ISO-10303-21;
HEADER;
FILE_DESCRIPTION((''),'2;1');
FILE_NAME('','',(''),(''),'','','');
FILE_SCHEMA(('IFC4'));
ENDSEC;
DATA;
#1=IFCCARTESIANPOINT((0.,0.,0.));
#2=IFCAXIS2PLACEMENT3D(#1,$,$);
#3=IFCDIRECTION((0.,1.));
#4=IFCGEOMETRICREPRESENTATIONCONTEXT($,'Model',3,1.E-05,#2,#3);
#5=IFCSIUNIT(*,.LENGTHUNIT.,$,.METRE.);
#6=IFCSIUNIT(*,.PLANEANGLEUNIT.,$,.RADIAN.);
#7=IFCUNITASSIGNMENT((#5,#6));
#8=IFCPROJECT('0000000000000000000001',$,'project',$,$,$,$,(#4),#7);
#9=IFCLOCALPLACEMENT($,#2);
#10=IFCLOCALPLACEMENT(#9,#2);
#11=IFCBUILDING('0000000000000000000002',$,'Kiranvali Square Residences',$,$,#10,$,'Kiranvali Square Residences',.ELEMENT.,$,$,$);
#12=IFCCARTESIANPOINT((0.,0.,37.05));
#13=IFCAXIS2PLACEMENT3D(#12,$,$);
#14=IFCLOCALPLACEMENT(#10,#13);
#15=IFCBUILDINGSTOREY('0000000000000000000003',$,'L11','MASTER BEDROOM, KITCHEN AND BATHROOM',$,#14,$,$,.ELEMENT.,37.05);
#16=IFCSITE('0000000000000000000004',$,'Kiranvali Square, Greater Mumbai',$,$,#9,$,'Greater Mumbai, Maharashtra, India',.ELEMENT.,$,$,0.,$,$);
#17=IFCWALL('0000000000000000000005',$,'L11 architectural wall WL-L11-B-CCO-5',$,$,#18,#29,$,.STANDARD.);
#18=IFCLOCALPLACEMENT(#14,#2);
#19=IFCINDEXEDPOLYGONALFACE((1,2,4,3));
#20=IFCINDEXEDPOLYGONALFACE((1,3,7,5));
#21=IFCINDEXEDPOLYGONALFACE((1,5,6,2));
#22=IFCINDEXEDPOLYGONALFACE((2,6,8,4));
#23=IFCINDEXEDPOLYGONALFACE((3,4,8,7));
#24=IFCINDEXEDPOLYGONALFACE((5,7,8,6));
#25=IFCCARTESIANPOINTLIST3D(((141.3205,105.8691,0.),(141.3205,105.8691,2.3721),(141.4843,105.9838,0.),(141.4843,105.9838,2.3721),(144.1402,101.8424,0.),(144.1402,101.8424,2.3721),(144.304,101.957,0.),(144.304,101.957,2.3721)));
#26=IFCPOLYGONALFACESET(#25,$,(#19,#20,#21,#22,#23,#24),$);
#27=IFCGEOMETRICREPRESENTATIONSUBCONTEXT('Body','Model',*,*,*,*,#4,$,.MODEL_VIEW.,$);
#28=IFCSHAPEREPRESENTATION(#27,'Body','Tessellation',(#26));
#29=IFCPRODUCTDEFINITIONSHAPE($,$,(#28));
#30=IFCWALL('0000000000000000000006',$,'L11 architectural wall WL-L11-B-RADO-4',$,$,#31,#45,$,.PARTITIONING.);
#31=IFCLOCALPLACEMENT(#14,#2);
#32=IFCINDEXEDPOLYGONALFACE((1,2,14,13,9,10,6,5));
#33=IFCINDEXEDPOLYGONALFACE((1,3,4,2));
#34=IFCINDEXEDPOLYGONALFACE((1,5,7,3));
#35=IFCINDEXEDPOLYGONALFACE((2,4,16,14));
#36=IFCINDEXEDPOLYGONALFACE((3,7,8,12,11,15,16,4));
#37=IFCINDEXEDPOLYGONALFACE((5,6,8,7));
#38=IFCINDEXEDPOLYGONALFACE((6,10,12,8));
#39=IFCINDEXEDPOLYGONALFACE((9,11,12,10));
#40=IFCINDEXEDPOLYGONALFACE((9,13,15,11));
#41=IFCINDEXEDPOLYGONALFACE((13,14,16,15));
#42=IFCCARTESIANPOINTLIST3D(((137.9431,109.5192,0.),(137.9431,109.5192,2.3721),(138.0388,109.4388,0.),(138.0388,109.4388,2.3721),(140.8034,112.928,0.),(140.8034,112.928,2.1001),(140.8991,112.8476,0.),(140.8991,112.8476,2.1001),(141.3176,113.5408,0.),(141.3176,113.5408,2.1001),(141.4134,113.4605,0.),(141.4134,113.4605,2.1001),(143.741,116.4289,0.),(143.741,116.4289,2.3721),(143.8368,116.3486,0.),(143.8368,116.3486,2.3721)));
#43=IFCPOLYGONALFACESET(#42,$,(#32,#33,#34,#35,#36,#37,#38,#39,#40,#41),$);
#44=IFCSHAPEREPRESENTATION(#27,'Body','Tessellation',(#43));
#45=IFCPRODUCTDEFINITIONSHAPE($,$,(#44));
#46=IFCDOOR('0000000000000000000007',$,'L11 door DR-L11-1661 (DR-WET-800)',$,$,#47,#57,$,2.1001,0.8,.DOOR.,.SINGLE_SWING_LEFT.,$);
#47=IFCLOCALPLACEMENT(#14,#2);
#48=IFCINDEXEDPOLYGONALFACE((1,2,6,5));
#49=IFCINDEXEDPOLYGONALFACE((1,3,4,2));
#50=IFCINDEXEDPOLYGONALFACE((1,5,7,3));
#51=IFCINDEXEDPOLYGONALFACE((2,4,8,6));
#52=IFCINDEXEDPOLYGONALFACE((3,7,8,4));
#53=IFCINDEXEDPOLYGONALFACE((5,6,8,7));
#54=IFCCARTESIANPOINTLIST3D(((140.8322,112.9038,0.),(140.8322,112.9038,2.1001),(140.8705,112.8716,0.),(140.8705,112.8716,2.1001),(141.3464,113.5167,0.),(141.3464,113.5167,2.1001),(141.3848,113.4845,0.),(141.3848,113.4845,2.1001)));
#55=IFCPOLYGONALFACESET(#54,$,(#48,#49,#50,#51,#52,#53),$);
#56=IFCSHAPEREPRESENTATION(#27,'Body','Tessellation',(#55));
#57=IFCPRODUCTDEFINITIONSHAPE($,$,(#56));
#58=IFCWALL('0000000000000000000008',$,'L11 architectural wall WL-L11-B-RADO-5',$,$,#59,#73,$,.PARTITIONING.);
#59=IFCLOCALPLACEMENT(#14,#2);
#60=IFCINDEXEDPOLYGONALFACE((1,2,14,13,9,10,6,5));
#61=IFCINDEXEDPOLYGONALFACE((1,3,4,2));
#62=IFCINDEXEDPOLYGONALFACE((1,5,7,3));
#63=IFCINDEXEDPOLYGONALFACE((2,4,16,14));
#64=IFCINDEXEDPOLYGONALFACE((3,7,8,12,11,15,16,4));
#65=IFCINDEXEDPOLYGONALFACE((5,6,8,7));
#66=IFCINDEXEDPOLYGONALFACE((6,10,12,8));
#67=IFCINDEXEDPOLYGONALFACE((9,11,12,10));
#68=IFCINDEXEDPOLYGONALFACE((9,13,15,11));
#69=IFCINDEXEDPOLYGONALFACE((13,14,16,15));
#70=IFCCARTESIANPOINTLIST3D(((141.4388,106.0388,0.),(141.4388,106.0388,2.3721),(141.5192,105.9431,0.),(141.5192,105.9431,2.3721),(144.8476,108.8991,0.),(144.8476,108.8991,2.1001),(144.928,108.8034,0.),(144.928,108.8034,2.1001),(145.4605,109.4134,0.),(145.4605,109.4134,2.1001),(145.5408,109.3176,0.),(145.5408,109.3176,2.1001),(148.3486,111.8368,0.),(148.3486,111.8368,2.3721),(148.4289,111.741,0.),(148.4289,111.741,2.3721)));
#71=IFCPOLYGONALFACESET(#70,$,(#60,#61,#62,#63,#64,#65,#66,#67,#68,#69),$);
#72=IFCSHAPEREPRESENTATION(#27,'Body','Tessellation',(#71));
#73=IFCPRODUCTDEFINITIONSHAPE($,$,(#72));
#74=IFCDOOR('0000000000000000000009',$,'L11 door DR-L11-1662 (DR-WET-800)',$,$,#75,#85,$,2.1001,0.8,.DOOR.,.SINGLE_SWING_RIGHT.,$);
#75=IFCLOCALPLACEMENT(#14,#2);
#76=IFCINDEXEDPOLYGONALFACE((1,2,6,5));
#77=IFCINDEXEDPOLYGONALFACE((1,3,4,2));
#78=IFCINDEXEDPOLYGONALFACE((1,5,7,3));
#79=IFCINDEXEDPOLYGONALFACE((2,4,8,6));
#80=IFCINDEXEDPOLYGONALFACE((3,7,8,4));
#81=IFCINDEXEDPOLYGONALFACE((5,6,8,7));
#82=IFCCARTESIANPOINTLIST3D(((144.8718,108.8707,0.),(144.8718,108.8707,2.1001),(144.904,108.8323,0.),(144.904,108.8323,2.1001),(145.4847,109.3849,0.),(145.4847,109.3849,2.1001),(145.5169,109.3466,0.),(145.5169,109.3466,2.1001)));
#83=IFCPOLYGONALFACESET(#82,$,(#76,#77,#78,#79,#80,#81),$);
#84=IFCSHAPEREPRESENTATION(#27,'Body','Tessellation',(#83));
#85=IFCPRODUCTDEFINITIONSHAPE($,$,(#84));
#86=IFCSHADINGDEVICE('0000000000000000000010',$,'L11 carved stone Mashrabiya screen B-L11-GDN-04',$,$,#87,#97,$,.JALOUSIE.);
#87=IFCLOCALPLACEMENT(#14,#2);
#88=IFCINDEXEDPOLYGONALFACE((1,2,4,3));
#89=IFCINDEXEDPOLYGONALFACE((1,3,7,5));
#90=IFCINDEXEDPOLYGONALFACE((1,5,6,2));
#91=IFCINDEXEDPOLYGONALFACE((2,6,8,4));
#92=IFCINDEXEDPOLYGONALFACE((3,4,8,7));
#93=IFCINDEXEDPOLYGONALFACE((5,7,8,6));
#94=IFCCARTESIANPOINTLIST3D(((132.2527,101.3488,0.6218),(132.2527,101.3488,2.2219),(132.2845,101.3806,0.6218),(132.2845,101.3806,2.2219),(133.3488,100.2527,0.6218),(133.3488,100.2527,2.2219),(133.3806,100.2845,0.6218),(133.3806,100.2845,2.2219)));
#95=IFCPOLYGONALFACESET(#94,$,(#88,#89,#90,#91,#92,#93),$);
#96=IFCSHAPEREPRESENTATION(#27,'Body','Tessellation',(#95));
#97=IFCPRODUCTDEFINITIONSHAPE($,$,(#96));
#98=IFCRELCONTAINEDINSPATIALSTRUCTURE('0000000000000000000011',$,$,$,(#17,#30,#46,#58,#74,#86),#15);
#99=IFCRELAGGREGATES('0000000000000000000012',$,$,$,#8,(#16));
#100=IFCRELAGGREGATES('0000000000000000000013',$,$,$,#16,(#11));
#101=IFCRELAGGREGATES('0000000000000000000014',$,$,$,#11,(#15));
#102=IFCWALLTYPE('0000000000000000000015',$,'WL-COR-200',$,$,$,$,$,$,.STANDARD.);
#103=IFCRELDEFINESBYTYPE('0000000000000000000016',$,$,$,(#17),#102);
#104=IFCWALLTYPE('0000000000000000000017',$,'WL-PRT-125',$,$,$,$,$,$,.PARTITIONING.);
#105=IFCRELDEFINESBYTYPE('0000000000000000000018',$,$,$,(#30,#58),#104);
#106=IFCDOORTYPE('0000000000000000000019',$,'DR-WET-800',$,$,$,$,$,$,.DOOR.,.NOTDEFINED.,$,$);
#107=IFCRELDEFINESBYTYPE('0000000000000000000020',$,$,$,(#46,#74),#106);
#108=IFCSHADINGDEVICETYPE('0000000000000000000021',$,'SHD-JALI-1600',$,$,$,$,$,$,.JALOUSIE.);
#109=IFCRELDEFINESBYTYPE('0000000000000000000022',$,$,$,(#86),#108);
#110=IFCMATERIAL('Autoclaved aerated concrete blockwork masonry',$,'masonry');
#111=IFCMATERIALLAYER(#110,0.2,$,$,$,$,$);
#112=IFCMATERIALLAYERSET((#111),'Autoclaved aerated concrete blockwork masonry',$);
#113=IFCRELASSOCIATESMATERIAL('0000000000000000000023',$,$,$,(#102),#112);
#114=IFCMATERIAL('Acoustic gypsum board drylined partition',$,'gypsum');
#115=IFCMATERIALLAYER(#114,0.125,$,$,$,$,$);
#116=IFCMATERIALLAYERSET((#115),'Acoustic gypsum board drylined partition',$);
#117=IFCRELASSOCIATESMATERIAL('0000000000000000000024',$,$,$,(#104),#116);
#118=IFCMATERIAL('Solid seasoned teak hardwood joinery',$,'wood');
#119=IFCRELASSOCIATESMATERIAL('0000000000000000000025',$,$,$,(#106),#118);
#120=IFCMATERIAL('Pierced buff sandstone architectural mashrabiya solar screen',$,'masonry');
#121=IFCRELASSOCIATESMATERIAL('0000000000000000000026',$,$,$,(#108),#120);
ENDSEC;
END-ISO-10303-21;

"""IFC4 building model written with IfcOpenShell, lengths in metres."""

from ifc_helpers import new_model, si_unit, direction, frame, frame_2d, origin, origin_2d, place, context, subcontext, project, spatial, rectangle, extrude, material, layer, layer_set, type_object, element, fill, save


model = new_model("IFC4")

# Units and contexts
model_context = context("Model", 3, precision=1e-05, world=origin(), true_north=direction((0.0, 1.0)))
body_context = subcontext(model_context, "Body", "Model", "MODEL_VIEW")
ifc_project = project(units=[si_unit("LENGTHUNIT", "METRE"), si_unit("PLANEANGLEUNIT", "RADIAN")], contexts=[model_context])

# Site, building, storey
site_placement = place(None, origin())
site = spatial("IfcSite", under=ifc_project, at=site_placement, Name="Kiranvali Square, Greater Mumbai", LongName="Greater Mumbai, Maharashtra, India", CompositionType="ELEMENT", RefElevation=0.0)
building_placement = place(site_placement, origin())
building = spatial("IfcBuilding", under=site, at=building_placement, Name="Kiranvali Square Residences", LongName="Kiranvali Square Residences", CompositionType="ELEMENT")
storey_placement = place(building_placement, frame((0.0, 0.0, 37.05)))
storey = spatial("IfcBuildingStorey", under=building, at=storey_placement, Name="L11", Description="MASTER BEDROOM, KITCHEN AND BATHROOM", CompositionType="ELEMENT", Elevation=37.05)

# Shared definitions
ifc_material_1 = material(Name="Autoclaved aerated concrete blockwork masonry", Category="masonry")
ifc_layer_1 = layer(ifc_material_1, 0.2)
ifc_layer_set_1 = layer_set([ifc_layer_1], Name="Autoclaved aerated concrete blockwork masonry")
wall_type_1 = type_object("IfcWallType", Name="WL-COR-200", PredefinedType="STANDARD", material=ifc_layer_set_1)

# Wall
wall_1_placement = place(storey_placement, frame((141.4023, 105.9265, 0.0), z_axis=(0.0, 0.0, 1.0), x_axis=(0.573592, -0.819141, 0.0)))
element("IfcWall", 1, at=wall_1_placement, inside=storey, type_object=wall_type_1, Name="L11 architectural wall WL-L11-B-CCO-5", PredefinedType="STANDARD", context=body_context, shape_type="SweptSolid", body=[
    extrude(rectangle(XDim=4.9158, YDim=0.2, at=frame_2d((2.458, 0.0))), origin(), (0.0, 0.0, 1.0), 2.3721),
])

# Walls, openings, doors
ifc_material_2 = material(Name="Acoustic gypsum board drylined partition", Category="gypsum")
ifc_layer_2 = layer(ifc_material_2, 0.125)
ifc_layer_set_2 = layer_set([ifc_layer_2], Name="Acoustic gypsum board drylined partition")
wall_type_2 = type_object("IfcWallType", Name="WL-PRT-125", PredefinedType="PARTITIONING", material=ifc_layer_set_2)
wall_2_placement = place(storey_placement, frame((137.991, 109.479, 0.0), z_axis=(0.0, 0.0, 1.0), x_axis=(0.642784, 0.766047, 0.0)))
wall_2 = element("IfcWall", 2, at=wall_2_placement, inside=storey, type_object=wall_type_2, Name="L11 architectural wall WL-L11-B-RADO-4", PredefinedType="PARTITIONING", context=body_context, shape_type="SweptSolid", body=[
    extrude(rectangle(XDim=9.02, YDim=0.125, at=frame_2d((4.51, 0.0))), origin(), (0.0, 0.0, 1.0), 2.3721),
])
opening_1_placement = place(wall_2_placement, frame((4.45, 0.0, 0.0)))
opening_1 = element("IfcOpeningElement", 3, at=opening_1_placement, cuts=wall_2, PredefinedType="OPENING", context=body_context, shape_type="SweptSolid", body=[
    extrude(rectangle(XDim=0.8, YDim=2.1001, at=frame_2d((0.3999, 1.05))), frame((0.0, 0.0725, 0.0), z_axis=(0.0, -1.0, 0.0), x_axis=(1.0, 0.0, 0.0)), (0.0, 0.0, 1.0), 0.145),
])
ifc_material_3 = material(Name="Solid seasoned teak hardwood joinery", Category="wood")
door_type_1 = type_object("IfcDoorType", Name="DR-WET-800", OperationType="NOTDEFINED", PredefinedType="DOOR", material=ifc_material_3)
door_1_placement = place(opening_1_placement, origin())
door_1 = element("IfcDoor", 4, at=door_1_placement, inside=storey, type_object=door_type_1, Name="L11 door DR-L11-1661 (DR-WET-800)", OperationType="SINGLE_SWING_LEFT", OverallHeight=2.1001, OverallWidth=0.8, PredefinedType="DOOR", context=body_context, shape_type="SweptSolid", body=[
    extrude(rectangle(XDim=0.8, YDim=2.1001, at=frame_2d((0.3999, 1.05))), frame((0.0, 0.0249, 0.0), z_axis=(0.0, -1.0, 0.0), x_axis=(1.0, 0.0, 0.0)), (0.0, 0.0, 1.0), 0.05),
])
fill(opening_1, door_1)
wall_3_placement = place(storey_placement, frame((141.479, 105.991, 0.0), z_axis=(0.0, 0.0, 1.0), x_axis=(0.766047, 0.642784, 0.0)))
wall_3 = element("IfcWall", 5, at=wall_3_placement, inside=storey, type_object=wall_type_2, Name="L11 architectural wall WL-L11-B-RADO-5", PredefinedType="PARTITIONING", context=body_context, shape_type="SweptSolid", body=[
    extrude(rectangle(XDim=9.02, YDim=0.125, at=frame_2d((4.51, 0.0))), origin(), (0.0, 0.0, 1.0), 2.3721),
])
opening_2_placement = place(wall_3_placement, frame((4.45, 0.0, 0.0)))
opening_2 = element("IfcOpeningElement", 6, at=opening_2_placement, cuts=wall_3, PredefinedType="OPENING", context=body_context, shape_type="SweptSolid", body=[
    extrude(rectangle(XDim=0.8, YDim=2.1001, at=frame_2d((0.3999, 1.05))), frame((0.0, 0.0725, 0.0), z_axis=(0.0, -1.0, 0.0), x_axis=(1.0, 0.0, 0.0)), (0.0, 0.0, 1.0), 0.145),
])
door_2_placement = place(opening_2_placement, frame((0.8, 0.0, 0.0), z_axis=(0.0, 0.0, 1.0), x_axis=(-1.0, 0.0, 0.0)))
door_2 = element("IfcDoor", 7, at=door_2_placement, inside=storey, type_object=door_type_1, Name="L11 door DR-L11-1662 (DR-WET-800)", OperationType="SINGLE_SWING_RIGHT", OverallHeight=2.1001, OverallWidth=0.8, PredefinedType="DOOR", context=body_context, shape_type="SweptSolid", body=[
    extrude(rectangle(XDim=0.8, YDim=2.1001, at=frame_2d((0.3999, 1.05))), frame((0.0, 0.0249, 0.0), z_axis=(0.0, -1.0, 0.0), x_axis=(1.0, 0.0, 0.0)), (0.0, 0.0, 1.0), 0.05),
])
fill(opening_2, door_2)

# Shading device
ifc_material_4 = material(Name="Pierced buff sandstone architectural mashrabiya solar screen", Category="masonry")
shading_device_type = type_object("IfcShadingDeviceType", Name="SHD-JALI-1600", PredefinedType="JALOUSIE", material=ifc_material_4)
shading_device_placement = place(storey_placement, frame((132.8167, 100.8167, 0.6218), z_axis=(0.0, 0.0, 1.0), x_axis=(0.707107, -0.707107, 0.0)))
element("IfcShadingDevice", 8, at=shading_device_placement, inside=storey, type_object=shading_device_type, Name="L11 carved stone Mashrabiya screen B-L11-GDN-04", PredefinedType="JALOUSIE", context=body_context, shape_type="SweptSolid", body=[
    extrude(rectangle(XDim=1.55, YDim=0.0449, at=origin_2d()), origin(), (0.0, 0.0, 1.0), 1.6001),
])

save(model, "model.ifc")
